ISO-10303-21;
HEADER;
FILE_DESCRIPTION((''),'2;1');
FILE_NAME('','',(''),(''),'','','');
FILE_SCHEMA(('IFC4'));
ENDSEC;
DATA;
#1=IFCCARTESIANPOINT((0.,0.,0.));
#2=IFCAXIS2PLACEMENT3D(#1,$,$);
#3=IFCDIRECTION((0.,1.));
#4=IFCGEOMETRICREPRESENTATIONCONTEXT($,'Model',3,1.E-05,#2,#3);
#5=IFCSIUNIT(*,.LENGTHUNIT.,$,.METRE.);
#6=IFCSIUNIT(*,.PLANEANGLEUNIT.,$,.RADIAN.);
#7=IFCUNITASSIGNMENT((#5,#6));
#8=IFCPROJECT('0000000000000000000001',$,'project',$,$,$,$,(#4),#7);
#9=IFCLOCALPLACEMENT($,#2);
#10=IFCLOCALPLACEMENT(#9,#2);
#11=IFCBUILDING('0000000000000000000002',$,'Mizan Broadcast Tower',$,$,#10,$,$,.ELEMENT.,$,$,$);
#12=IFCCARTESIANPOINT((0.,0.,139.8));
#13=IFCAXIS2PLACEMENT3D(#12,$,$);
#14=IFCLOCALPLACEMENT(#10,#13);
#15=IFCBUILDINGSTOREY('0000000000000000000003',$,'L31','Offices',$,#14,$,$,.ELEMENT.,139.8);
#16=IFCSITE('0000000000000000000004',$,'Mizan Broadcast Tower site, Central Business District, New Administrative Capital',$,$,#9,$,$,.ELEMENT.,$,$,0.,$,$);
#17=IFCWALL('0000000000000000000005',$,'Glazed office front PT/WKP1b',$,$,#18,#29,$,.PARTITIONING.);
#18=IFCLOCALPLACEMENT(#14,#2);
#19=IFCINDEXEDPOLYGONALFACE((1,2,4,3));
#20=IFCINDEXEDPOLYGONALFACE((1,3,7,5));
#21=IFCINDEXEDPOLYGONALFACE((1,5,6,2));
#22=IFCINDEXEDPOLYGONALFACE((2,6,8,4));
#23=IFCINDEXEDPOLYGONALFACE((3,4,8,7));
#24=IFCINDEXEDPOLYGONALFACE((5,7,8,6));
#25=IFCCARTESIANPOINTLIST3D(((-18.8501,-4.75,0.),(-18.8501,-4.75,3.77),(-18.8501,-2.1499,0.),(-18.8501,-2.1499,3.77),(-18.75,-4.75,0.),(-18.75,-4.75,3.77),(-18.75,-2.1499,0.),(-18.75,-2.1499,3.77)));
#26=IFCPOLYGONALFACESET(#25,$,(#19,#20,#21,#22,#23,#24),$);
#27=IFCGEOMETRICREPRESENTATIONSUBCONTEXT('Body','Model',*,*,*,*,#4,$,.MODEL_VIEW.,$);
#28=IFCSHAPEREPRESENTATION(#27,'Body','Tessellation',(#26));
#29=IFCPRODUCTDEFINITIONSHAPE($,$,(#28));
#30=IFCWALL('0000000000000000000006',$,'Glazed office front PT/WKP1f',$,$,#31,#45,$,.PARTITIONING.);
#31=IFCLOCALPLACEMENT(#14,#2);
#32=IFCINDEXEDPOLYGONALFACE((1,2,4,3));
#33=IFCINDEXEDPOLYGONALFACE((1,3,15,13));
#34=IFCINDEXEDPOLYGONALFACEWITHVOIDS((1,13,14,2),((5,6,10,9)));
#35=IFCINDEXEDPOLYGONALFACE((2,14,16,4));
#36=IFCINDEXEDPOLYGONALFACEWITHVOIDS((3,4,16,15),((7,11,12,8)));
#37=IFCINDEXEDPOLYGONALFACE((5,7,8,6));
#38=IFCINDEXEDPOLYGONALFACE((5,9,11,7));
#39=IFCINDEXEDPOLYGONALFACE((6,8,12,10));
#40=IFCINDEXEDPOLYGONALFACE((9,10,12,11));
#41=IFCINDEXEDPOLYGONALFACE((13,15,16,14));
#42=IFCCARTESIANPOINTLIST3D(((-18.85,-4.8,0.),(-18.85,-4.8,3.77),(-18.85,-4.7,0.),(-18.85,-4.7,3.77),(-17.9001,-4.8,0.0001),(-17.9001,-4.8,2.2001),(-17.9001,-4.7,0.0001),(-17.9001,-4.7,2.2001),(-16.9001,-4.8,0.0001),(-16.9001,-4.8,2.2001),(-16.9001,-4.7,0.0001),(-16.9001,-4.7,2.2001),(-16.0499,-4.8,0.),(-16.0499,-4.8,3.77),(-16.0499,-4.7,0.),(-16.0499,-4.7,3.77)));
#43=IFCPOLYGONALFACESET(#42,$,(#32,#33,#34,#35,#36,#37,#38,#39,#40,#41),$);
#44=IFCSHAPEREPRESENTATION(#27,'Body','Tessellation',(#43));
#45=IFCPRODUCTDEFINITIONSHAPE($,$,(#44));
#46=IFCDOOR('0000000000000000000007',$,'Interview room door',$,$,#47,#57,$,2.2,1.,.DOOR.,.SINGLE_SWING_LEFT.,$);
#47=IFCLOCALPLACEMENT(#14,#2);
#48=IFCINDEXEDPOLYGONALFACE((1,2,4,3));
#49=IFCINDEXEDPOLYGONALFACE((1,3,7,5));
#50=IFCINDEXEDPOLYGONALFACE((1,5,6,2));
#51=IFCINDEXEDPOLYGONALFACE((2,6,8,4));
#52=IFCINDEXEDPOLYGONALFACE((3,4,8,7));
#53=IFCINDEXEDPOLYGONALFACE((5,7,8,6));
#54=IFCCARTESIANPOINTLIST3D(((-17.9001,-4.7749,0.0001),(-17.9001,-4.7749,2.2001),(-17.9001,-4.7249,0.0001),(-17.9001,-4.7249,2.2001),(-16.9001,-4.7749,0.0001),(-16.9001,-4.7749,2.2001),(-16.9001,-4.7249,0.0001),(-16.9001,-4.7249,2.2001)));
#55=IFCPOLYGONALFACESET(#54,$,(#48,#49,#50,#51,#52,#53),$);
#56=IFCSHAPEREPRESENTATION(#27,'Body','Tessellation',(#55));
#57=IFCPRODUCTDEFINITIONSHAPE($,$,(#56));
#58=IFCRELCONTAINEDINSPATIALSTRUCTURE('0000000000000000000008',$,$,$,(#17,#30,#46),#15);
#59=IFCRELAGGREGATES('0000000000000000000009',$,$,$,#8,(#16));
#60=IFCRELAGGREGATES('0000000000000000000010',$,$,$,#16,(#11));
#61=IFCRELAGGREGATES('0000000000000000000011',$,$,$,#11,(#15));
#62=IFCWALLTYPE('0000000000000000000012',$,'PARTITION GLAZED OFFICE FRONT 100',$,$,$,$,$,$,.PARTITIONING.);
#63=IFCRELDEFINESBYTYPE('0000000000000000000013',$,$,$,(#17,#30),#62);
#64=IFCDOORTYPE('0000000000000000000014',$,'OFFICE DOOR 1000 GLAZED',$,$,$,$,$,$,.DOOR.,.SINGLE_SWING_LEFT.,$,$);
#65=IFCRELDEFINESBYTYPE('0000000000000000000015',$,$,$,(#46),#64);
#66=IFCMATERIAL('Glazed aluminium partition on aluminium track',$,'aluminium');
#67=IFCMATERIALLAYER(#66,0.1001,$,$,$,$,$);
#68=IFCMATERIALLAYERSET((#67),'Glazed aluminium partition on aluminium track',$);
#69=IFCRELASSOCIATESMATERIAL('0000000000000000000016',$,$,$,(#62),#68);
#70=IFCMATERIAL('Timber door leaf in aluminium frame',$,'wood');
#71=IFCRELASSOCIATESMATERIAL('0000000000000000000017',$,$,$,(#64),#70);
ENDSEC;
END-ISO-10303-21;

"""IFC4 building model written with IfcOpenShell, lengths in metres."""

from ifc_helpers import new_model, si_unit, direction, frame, frame_2d, origin, place, context, subcontext, project, spatial, rectangle, extrude, material, layer, layer_set, type_object, element, fill, save


model = new_model("IFC4")

# Units and contexts
model_context = context("Model", 3, precision=1e-05, world=origin(), true_north=direction((0.0, 1.0)))
body_context = subcontext(model_context, "Body", "Model", "MODEL_VIEW")
ifc_project = project(units=[si_unit("LENGTHUNIT", "METRE"), si_unit("PLANEANGLEUNIT", "RADIAN")], contexts=[model_context])

# Site, building, storey
site_placement = place(None, origin())
site = spatial("IfcSite", under=ifc_project, at=site_placement, Name="Mizan Broadcast Tower site, Central Business District, New Administrative Capital", CompositionType="ELEMENT", RefElevation=0.0)
building_placement = place(site_placement, origin())
building = spatial("IfcBuilding", under=site, at=building_placement, Name="Mizan Broadcast Tower", CompositionType="ELEMENT")
storey_placement = place(building_placement, frame((0.0, 0.0, 139.8)))
storey = spatial("IfcBuildingStorey", under=building, at=storey_placement, Name="L31", Description="Offices", CompositionType="ELEMENT", Elevation=139.8)

# Shared definitions
ifc_material_1 = material(Name="Glazed aluminium partition on aluminium track", Category="aluminium")
ifc_layer_1 = layer(ifc_material_1, 0.1001)
ifc_layer_set_1 = layer_set([ifc_layer_1], Name="Glazed aluminium partition on aluminium track")
wall_type_1 = type_object("IfcWallType", Name="PARTITION GLAZED OFFICE FRONT 100", PredefinedType="PARTITIONING", material=ifc_layer_set_1)
ifc_material_2 = material(Name="Timber door leaf in aluminium frame", Category="wood")
door_type_1 = type_object("IfcDoorType", Name="OFFICE DOOR 1000 GLAZED", OperationType="SINGLE_SWING_LEFT", PredefinedType="DOOR", material=ifc_material_2)

# Wall
for number, where, z_axis, x_axis, name in (
    (1, (-18.8, -2.1499, 0.0), (0.0, 0.0, 1.0), (0.0, -1.0, 0.0), "Glazed office front PT/WKP1b"),
):
    element("IfcWall", number, at=place(storey_placement, frame(where, z_axis=z_axis, x_axis=x_axis)), inside=storey, type_object=wall_type_1, Name=name, PredefinedType="PARTITIONING", context=body_context, shape_type="SweptSolid", body=[
        extrude(rectangle(XDim=2.6001, YDim=0.1001, at=frame_2d((1.3, 0.0))), origin(), (0.0, 0.0, 1.0), 3.77),
    ])

# Wall, opening, door
wall_1_placement = place(storey_placement, frame((-16.05, -4.75, 0.0), z_axis=(0.0, 0.0, 1.0), x_axis=(-1.0, 0.0, 0.0)))
wall_1 = element("IfcWall", 2, at=wall_1_placement, inside=storey, type_object=wall_type_1, Name="Glazed office front PT/WKP1f", PredefinedType="PARTITIONING", context=body_context, shape_type="SweptSolid", body=[
    extrude(rectangle(XDim=2.8, YDim=0.1001, at=frame_2d((1.3999, 0.0))), origin(), (0.0, 0.0, 1.0), 3.77),
])
opening_1_placement = place(wall_1_placement, frame((0.8501, 0.0, 0.0)))
opening_1 = element("IfcOpeningElement", 3, at=opening_1_placement, cuts=wall_1, PredefinedType="OPENING", context=body_context, shape_type="SweptSolid", body=[
    extrude(rectangle(XDim=1.0, YDim=2.2, at=frame_2d((0.5, 1.1001))), frame((0.0, 0.0601, 0.0), z_axis=(0.0, -1.0, 0.0), x_axis=(1.0, 0.0, 0.0)), (0.0, 0.0, 1.0), 0.1201),
])
door_1_placement = place(opening_1_placement, origin())
door_1 = element("IfcDoor", 4, at=door_1_placement, inside=storey, type_object=door_type_1, Name="Interview room door", OperationType="SINGLE_SWING_LEFT", OverallHeight=2.2, OverallWidth=1.0, PredefinedType="DOOR", context=body_context, shape_type="SweptSolid", body=[
    extrude(rectangle(XDim=1.0, YDim=2.2, at=frame_2d((0.5, 1.1001))), frame((0.0, 0.0249, 0.0), z_axis=(0.0, -1.0, 0.0), x_axis=(1.0, 0.0, 0.0)), (0.0, 0.0, 1.0), 0.05),
])
fill(opening_1, door_1)

save(model, "model.ifc")
